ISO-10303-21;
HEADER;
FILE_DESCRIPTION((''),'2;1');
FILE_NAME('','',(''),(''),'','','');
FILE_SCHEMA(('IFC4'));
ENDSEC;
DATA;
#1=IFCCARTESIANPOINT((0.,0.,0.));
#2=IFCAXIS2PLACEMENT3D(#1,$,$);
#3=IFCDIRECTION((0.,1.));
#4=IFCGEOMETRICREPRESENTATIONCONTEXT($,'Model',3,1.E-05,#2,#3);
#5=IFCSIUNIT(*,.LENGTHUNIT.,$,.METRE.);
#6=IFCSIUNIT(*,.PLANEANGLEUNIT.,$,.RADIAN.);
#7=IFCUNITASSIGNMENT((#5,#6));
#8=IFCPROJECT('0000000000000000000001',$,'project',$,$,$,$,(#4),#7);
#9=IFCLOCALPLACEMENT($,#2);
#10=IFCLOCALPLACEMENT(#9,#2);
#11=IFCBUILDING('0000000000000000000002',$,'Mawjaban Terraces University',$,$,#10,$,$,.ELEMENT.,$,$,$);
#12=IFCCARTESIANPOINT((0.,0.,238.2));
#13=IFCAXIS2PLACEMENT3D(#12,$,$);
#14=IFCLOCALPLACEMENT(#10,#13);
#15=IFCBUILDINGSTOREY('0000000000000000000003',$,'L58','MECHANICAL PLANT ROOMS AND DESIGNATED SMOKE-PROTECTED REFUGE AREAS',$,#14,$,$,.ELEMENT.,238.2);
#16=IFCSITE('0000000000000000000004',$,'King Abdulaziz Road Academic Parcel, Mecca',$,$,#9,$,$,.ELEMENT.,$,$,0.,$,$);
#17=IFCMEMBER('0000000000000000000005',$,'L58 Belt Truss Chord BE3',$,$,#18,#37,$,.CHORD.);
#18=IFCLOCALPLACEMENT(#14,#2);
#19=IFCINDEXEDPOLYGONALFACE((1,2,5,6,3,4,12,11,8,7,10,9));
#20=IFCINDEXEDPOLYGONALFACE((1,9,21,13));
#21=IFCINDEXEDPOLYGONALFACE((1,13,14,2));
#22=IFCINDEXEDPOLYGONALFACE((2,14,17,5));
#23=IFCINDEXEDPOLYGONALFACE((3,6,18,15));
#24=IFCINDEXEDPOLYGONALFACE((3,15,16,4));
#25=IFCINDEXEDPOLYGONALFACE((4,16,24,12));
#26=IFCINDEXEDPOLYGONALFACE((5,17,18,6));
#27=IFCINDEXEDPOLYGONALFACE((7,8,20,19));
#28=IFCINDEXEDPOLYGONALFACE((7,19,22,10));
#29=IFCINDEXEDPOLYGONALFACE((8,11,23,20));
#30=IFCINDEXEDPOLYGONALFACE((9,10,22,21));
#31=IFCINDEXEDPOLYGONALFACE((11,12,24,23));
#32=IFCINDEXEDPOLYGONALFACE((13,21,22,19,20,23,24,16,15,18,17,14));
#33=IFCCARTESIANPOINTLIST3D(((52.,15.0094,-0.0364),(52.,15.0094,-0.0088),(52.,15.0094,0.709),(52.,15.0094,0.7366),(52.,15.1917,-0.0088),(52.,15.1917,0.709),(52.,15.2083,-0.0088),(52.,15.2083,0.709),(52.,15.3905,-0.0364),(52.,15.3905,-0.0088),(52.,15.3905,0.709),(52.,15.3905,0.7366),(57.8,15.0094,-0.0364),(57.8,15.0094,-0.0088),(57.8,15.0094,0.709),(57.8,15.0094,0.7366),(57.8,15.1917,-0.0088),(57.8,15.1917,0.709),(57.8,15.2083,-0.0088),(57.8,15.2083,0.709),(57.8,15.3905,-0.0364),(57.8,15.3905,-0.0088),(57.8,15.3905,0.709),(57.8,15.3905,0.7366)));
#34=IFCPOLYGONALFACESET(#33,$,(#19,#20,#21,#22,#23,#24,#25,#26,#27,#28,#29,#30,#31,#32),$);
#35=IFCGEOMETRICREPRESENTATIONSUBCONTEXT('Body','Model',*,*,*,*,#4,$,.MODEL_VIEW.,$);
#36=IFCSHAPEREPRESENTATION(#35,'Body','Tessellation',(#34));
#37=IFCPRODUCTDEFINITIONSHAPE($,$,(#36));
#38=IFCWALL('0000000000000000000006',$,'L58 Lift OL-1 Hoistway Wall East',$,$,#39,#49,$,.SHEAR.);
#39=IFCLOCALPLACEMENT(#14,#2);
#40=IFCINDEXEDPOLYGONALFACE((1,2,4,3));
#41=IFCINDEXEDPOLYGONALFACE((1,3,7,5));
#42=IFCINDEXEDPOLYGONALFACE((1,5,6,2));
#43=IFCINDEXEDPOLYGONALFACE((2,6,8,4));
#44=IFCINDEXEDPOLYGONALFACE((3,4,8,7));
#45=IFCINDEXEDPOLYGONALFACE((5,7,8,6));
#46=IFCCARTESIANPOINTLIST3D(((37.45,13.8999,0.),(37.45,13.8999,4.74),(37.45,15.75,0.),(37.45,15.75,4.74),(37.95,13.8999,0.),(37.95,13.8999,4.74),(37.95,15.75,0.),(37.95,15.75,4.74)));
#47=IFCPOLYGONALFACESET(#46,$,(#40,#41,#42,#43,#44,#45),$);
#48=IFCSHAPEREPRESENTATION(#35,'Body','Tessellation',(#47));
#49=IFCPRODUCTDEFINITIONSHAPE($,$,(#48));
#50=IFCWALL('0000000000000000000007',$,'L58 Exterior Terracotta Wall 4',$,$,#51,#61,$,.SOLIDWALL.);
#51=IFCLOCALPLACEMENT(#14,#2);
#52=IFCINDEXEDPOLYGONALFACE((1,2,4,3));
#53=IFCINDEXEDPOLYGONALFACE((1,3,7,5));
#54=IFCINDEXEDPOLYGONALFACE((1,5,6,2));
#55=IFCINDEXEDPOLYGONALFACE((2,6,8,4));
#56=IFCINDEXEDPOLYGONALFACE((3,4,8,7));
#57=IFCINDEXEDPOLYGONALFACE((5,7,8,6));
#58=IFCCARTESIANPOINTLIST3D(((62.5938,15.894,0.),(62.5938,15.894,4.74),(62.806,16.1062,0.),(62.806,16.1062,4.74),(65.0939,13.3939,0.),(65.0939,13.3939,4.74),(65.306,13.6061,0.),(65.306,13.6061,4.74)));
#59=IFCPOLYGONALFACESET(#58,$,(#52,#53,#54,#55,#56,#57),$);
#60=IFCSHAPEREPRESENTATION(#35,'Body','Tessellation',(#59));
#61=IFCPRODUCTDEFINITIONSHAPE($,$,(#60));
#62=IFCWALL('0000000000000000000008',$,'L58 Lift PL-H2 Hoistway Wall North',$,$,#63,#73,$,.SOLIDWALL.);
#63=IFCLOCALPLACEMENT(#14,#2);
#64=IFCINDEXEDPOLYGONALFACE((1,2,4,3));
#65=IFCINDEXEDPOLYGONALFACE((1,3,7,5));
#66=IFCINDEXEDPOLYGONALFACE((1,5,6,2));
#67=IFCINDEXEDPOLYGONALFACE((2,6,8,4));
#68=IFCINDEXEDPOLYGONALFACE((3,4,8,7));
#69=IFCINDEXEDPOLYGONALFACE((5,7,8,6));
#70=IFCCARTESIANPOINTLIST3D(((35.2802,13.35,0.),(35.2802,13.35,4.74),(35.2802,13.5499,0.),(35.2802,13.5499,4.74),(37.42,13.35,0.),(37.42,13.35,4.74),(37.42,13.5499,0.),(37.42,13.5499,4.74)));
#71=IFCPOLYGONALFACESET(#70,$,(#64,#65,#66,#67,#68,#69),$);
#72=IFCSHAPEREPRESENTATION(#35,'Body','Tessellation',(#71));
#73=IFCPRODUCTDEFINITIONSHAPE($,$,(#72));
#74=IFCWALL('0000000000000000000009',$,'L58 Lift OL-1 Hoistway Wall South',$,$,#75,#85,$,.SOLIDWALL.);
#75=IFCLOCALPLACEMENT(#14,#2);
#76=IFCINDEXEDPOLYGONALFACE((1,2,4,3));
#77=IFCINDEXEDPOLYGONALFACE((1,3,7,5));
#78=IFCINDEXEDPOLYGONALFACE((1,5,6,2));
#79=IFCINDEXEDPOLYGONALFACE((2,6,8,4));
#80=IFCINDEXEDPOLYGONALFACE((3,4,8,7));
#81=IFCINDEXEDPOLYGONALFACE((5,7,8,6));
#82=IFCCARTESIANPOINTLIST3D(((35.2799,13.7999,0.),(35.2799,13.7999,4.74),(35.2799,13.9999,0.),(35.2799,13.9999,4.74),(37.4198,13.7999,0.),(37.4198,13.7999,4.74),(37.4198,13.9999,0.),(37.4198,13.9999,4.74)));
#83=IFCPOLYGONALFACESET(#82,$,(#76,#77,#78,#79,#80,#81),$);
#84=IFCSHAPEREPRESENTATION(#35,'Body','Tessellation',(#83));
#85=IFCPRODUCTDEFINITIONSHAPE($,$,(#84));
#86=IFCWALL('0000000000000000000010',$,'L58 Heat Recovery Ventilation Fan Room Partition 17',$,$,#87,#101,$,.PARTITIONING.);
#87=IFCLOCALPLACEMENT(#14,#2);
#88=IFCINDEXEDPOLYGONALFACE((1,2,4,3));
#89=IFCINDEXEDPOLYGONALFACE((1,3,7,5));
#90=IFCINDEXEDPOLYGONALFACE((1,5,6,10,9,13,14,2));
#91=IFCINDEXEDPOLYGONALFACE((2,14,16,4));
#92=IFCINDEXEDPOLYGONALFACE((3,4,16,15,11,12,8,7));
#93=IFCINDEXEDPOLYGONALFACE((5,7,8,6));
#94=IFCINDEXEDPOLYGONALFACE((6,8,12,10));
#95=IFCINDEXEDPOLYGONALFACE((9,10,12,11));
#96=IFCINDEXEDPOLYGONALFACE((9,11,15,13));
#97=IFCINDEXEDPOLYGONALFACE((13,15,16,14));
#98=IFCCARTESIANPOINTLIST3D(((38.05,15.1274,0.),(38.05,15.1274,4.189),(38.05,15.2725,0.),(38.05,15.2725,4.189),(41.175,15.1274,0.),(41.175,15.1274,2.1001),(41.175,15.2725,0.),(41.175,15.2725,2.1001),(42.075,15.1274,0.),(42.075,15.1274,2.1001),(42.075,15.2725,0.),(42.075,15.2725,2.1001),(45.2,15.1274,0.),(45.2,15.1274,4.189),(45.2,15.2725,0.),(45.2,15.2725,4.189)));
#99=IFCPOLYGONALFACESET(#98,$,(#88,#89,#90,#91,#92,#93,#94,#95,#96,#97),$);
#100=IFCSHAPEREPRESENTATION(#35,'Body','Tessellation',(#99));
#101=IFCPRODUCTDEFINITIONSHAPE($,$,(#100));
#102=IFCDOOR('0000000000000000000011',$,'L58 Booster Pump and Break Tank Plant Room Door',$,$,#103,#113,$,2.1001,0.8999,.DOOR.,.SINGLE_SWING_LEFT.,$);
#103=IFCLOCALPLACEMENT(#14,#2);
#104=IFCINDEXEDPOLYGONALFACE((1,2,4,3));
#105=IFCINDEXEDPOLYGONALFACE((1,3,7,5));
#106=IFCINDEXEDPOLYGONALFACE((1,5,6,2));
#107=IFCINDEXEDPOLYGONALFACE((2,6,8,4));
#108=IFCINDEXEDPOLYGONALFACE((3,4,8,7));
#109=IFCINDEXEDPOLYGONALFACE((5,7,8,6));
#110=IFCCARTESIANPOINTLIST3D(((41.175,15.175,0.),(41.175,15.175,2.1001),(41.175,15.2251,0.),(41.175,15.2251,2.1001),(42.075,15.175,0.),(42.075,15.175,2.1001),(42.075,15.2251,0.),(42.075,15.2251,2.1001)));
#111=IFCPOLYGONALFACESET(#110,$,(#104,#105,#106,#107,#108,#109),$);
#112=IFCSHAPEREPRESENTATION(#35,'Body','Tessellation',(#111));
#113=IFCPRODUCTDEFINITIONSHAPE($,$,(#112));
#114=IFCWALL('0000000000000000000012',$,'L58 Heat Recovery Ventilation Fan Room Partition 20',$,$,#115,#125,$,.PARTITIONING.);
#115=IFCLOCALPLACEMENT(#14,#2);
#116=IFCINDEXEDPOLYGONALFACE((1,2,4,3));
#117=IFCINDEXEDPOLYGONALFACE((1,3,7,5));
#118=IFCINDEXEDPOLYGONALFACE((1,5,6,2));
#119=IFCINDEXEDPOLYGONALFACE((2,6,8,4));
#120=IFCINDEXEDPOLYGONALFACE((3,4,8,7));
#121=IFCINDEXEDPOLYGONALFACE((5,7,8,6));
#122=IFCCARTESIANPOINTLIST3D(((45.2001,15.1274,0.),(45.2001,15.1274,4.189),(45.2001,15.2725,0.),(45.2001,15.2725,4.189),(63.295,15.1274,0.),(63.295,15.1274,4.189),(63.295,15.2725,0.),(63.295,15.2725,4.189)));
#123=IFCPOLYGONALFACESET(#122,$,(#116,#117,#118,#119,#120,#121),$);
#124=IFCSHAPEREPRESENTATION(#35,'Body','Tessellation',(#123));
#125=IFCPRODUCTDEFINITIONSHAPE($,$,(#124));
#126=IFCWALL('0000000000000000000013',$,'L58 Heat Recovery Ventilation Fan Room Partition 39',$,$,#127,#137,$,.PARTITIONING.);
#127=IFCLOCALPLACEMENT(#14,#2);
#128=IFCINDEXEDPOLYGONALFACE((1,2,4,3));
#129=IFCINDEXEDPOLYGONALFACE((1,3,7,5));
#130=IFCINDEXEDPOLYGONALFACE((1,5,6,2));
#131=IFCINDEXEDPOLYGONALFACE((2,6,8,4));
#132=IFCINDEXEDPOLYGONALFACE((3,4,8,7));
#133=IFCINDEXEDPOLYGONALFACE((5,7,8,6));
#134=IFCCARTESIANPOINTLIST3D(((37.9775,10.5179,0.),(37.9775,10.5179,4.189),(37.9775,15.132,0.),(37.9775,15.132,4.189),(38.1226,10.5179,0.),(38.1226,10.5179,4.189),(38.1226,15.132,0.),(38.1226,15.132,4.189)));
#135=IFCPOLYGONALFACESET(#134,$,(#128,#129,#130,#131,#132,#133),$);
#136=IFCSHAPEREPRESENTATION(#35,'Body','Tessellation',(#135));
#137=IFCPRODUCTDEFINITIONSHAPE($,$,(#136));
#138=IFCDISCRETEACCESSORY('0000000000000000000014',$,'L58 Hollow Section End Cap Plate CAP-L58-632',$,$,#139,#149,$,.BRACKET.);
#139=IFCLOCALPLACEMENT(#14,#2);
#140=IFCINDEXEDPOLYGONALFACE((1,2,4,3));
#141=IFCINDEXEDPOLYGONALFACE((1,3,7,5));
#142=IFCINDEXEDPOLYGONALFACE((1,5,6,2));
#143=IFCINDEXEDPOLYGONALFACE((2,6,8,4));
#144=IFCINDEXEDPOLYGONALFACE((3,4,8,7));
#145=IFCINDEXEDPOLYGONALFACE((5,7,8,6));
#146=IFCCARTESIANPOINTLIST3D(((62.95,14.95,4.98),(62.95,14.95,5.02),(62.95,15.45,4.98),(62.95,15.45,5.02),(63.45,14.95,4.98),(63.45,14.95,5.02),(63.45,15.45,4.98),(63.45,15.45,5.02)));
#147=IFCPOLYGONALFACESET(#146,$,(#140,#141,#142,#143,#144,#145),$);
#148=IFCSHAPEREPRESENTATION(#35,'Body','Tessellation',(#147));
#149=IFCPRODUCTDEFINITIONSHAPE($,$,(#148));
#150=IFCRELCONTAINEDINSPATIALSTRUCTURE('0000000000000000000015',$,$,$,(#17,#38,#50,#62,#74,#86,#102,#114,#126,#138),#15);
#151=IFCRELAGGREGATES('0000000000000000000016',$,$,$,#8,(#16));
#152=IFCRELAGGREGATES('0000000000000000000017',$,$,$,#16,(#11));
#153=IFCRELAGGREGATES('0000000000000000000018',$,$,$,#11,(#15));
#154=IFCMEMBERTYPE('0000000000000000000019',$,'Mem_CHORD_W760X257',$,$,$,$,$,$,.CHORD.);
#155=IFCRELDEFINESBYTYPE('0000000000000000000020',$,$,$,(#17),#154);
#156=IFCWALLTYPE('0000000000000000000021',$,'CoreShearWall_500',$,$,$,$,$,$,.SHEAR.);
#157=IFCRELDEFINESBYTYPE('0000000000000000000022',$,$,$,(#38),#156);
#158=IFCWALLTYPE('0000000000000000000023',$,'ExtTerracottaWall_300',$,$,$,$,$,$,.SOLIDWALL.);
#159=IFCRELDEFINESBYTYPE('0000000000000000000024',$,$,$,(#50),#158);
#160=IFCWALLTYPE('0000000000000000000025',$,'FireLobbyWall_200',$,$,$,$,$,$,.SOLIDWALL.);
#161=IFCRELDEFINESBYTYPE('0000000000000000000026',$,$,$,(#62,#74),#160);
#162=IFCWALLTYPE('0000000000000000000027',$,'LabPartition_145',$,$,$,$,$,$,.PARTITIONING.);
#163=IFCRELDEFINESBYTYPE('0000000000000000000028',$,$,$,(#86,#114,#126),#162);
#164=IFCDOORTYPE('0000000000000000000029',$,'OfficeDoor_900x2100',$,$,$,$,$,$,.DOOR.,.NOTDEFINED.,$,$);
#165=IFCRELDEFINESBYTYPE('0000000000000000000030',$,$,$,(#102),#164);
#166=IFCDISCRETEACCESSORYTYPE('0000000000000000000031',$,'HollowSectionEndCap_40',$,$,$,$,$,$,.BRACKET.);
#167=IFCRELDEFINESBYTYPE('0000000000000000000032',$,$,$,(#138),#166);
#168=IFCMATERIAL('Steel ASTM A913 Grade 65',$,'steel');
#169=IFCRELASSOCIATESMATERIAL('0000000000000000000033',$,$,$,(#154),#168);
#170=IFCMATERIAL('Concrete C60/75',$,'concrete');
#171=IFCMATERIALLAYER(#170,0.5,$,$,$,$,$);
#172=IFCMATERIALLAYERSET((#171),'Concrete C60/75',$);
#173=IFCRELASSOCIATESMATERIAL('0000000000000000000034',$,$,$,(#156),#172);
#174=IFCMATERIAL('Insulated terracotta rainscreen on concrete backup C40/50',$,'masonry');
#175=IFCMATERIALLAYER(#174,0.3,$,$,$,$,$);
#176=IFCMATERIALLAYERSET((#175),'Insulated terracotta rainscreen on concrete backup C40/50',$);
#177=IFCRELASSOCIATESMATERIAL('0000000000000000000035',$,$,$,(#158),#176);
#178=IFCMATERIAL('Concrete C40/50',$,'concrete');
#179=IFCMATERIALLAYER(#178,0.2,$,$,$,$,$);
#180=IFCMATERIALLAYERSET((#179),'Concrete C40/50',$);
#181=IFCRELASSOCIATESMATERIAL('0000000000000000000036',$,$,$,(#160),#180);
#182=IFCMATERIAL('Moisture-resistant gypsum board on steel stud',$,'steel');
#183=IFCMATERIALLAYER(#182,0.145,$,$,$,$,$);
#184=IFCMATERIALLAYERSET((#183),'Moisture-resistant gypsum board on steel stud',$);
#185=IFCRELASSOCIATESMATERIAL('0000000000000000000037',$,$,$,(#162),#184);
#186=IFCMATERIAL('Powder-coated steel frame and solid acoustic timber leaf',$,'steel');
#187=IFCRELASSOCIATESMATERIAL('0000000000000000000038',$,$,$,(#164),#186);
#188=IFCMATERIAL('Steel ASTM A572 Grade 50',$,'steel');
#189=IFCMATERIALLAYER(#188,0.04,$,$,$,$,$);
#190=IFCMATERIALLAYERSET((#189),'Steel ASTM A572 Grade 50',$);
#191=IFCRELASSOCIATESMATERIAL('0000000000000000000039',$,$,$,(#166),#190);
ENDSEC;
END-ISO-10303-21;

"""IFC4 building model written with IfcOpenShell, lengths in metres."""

from ifc_helpers import new_model, si_unit, direction, frame, frame_2d, origin, origin_2d, place, context, subcontext, project, spatial, rectangle, i_section, extrude, material, layer, layer_set, material_profile, profile_set, type_object, element, fill, save


model = new_model("IFC4")

# Units and contexts
model_context = context("Model", 3, precision=1e-05, world=origin(), true_north=direction((0.0, 1.0)))
body_context = subcontext(model_context, "Body", "Model", "MODEL_VIEW")
ifc_project = project(units=[si_unit("LENGTHUNIT", "METRE"), si_unit("PLANEANGLEUNIT", "RADIAN")], contexts=[model_context])

# Site, building, storey
site_placement = place(None, origin())
site = spatial("IfcSite", under=ifc_project, at=site_placement, Name="King Abdulaziz Road Academic Parcel, Mecca", CompositionType="ELEMENT", RefElevation=0.0)
building_placement = place(site_placement, origin())
building = spatial("IfcBuilding", under=site, at=building_placement, Name="Mawjaban Terraces University", CompositionType="ELEMENT")
storey_placement = place(building_placement, frame((0.0, 0.0, 238.2)))
storey = spatial("IfcBuildingStorey", under=building, at=storey_placement, Name="L58", Description="MECHANICAL PLANT ROOMS AND DESIGNATED SMOKE-PROTECTED REFUGE AREAS", CompositionType="ELEMENT", Elevation=238.2)

# Shared definitions
ifc_material_1 = material(Name="Concrete C60/75", Category="concrete")

# Shared definitions
ifc_material_2 = material(Name="Steel ASTM A572 Grade 50", Category="steel")

# Member
ifc_material_3 = material(Name="Steel ASTM A913 Grade 65", Category="steel")
ifc_material_profile_1 = material_profile(ifc_material_3, i_section(OverallWidth=0.3811, OverallDepth=0.7729, WebThickness=0.0166, FlangeThickness=0.0276, at=origin_2d()), Name="W760X257")
ifc_profile_set_1 = profile_set([ifc_material_profile_1], Name="Steel ASTM A913 Grade 65")
member_type_1 = type_object("IfcMemberType", Name="Mem_CHORD_W760X257", PredefinedType="CHORD", material=ifc_profile_set_1)
member_1_placement = place(storey_placement, frame((52.0, 15.2, 0.3501), z_axis=(1.0, 0.0, 0.0), x_axis=(0.0, 1.0, 0.0)))
element("IfcMember", 1, at=member_1_placement, inside=storey, type_object=member_type_1, Name="L58 Belt Truss Chord BE3", PredefinedType="CHORD", context=body_context, shape_type="SweptSolid", body=[
    extrude(i_section(OverallWidth=0.3811, OverallDepth=0.7729, WebThickness=0.0166, FlangeThickness=0.0276, at=origin_2d()), origin(), (0.0, 0.0, 1.0), 5.8),
])

# Walls
ifc_layer_1 = layer(ifc_material_1, 0.5)
ifc_layer_set_1 = layer_set([ifc_layer_1], Name="Concrete C60/75")
wall_type_1 = type_object("IfcWallType", Name="CoreShearWall_500", PredefinedType="SHEAR", material=ifc_layer_set_1)
wall_1_placement = place(storey_placement, frame((37.7, 13.8999, 0.0), z_axis=(0.0, 0.0, 1.0), x_axis=(0.0, 1.0, 0.0)))
element("IfcWall", 2, at=wall_1_placement, inside=storey, type_object=wall_type_1, Name="L58 Lift OL-1 Hoistway Wall East", PredefinedType="SHEAR", context=body_context, shape_type="SweptSolid", body=[
    extrude(rectangle(XDim=1.8501, YDim=0.5, at=frame_2d((0.925, 0.0))), origin(), (0.0, 0.0, 1.0), 4.74),
])
ifc_material_4 = material(Name="Insulated terracotta rainscreen on concrete backup C40/50", Category="masonry")
ifc_layer_2 = layer(ifc_material_4, 0.3)
ifc_layer_set_2 = layer_set([ifc_layer_2], Name="Insulated terracotta rainscreen on concrete backup C40/50")
wall_type_2 = type_object("IfcWallType", Name="ExtTerracottaWall_300", PredefinedType="SOLIDWALL", material=ifc_layer_set_2)
wall_2_placement = place(storey_placement, frame((65.2, 13.5, 0.0), z_axis=(0.0, 0.0, 1.0), x_axis=(-0.707107, 0.707107, 0.0)))
element("IfcWall", 3, at=wall_2_placement, inside=storey, type_object=wall_type_2, Name="L58 Exterior Terracotta Wall 4", PredefinedType="SOLIDWALL", context=body_context, shape_type="SweptSolid", body=[
    extrude(rectangle(XDim=3.5356, YDim=0.3, at=frame_2d((1.7678, 0.0))), origin(), (0.0, 0.0, 1.0), 4.74),
])
ifc_material_5 = material(Name="Concrete C40/50", Category="concrete")
ifc_layer_3 = layer(ifc_material_5, 0.2)
ifc_layer_set_3 = layer_set([ifc_layer_3], Name="Concrete C40/50")
wall_type_3 = type_object("IfcWallType", Name="FireLobbyWall_200", PredefinedType="SOLIDWALL", material=ifc_layer_set_3)
for number, where, z_axis, x_axis, name in (
    (4, (37.4199, 13.45, 0.0), (0.0, 0.0, 1.0), (-1.0, 0.0, 0.0), "L58 Lift PL-H2 Hoistway Wall North"),
    (5, (35.28, 13.8999, 0.0), (0.0, 0.0, 1.0), (1.0, 0.0, 0.0), "L58 Lift OL-1 Hoistway Wall South"),
):
    element("IfcWall", number, at=place(storey_placement, frame(where, z_axis=z_axis, x_axis=x_axis)), inside=storey, type_object=wall_type_3, Name=name, PredefinedType="SOLIDWALL", context=body_context, shape_type="SweptSolid", body=[
        extrude(rectangle(XDim=2.1399, YDim=0.2, at=frame_2d((1.0698, 0.0))), origin(), (0.0, 0.0, 1.0), 4.74),
    ])

# Wall, opening, door
ifc_material_6 = material(Name="Moisture-resistant gypsum board on steel stud", Category="steel")
ifc_layer_4 = layer(ifc_material_6, 0.145)
ifc_layer_set_4 = layer_set([ifc_layer_4], Name="Moisture-resistant gypsum board on steel stud")
wall_type_4 = type_object("IfcWallType", Name="LabPartition_145", PredefinedType="PARTITIONING", material=ifc_layer_set_4)
wall_3_placement = place(storey_placement, frame((45.2, 15.2, 0.0), z_axis=(0.0, 0.0, 1.0), x_axis=(-1.0, 0.0, 0.0)))
wall_3 = element("IfcWall", 6, at=wall_3_placement, inside=storey, type_object=wall_type_4, Name="L58 Heat Recovery Ventilation Fan Room Partition 17", PredefinedType="PARTITIONING", context=body_context, shape_type="SweptSolid", body=[
    extrude(rectangle(XDim=7.1499, YDim=0.145, at=frame_2d((3.575, 0.0))), origin(), (0.0, 0.0, 1.0), 4.189),
])
opening_placement = place(wall_3_placement, frame((3.125, 0.0, 0.0)))
opening = element("IfcOpeningElement", 7, at=opening_placement, cuts=wall_3, PredefinedType="OPENING", context=body_context, shape_type="SweptSolid", body=[
    extrude(rectangle(XDim=0.8999, YDim=2.1001, at=frame_2d((0.45, 1.05))), frame((0.0, 0.0825, 0.0), z_axis=(0.0, -1.0, 0.0), x_axis=(1.0, 0.0, 0.0)), (0.0, 0.0, 1.0), 0.165),
])
ifc_material_7 = material(Name="Powder-coated steel frame and solid acoustic timber leaf", Category="steel")
door_type = type_object("IfcDoorType", Name="OfficeDoor_900x2100", OperationType="NOTDEFINED", PredefinedType="DOOR", material=ifc_material_7)
door_placement = place(opening_placement, origin())
door = element("IfcDoor", 8, at=door_placement, inside=storey, type_object=door_type, Name="L58 Booster Pump and Break Tank Plant Room Door", OperationType="SINGLE_SWING_LEFT", OverallHeight=2.1001, OverallWidth=0.8999, PredefinedType="DOOR", context=body_context, shape_type="SweptSolid", body=[
    extrude(rectangle(XDim=0.8999, YDim=2.1001, at=frame_2d((0.45, 1.05))), frame((0.0, 0.0249, 0.0), z_axis=(0.0, -1.0, 0.0), x_axis=(1.0, 0.0, 0.0)), (0.0, 0.0, 1.0), 0.05),
])
fill(opening, door)

# Walls
wall_4_placement = place(storey_placement, frame((63.2949, 15.2, 0.0), z_axis=(0.0, 0.0, 1.0), x_axis=(-1.0, 0.0, 0.0)))
element("IfcWall", 9, at=wall_4_placement, inside=storey, type_object=wall_type_4, Name="L58 Heat Recovery Ventilation Fan Room Partition 20", PredefinedType="PARTITIONING", context=body_context, shape_type="SweptSolid", body=[
    extrude(rectangle(XDim=18.095, YDim=0.145, at=frame_2d((9.0474, 0.0))), origin(), (0.0, 0.0, 1.0), 4.189),
])
wall_5_placement = place(storey_placement, frame((38.05, 15.1321, 0.0), z_axis=(0.0, 0.0, 1.0), x_axis=(0.0, -1.0, 0.0)))
element("IfcWall", 10, at=wall_5_placement, inside=storey, type_object=wall_type_4, Name="L58 Heat Recovery Ventilation Fan Room Partition 39", PredefinedType="PARTITIONING", context=body_context, shape_type="SweptSolid", body=[
    extrude(rectangle(XDim=4.614, YDim=0.145, at=frame_2d((2.3071, 0.0))), origin(), (0.0, 0.0, 1.0), 4.189),
])

# Discrete accessory
ifc_layer_5 = layer(ifc_material_2, 0.04)
ifc_layer_set_5 = layer_set([ifc_layer_5], Name="Steel ASTM A572 Grade 50")
discrete_accessory_type = type_object("IfcDiscreteAccessoryType", Name="HollowSectionEndCap_40", PredefinedType="BRACKET", material=ifc_layer_set_5)
discrete_accessory_placement = place(storey_placement, frame((63.2, 15.2, 4.98), z_axis=(0.0, 0.0, 1.0), x_axis=(1.0, 0.0, 0.0)))
element("IfcDiscreteAccessory", 11, at=discrete_accessory_placement, inside=storey, type_object=discrete_accessory_type, Name="L58 Hollow Section End Cap Plate CAP-L58-632", PredefinedType="BRACKET", context=body_context, shape_type="SweptSolid", body=[
    extrude(rectangle(XDim=0.5, YDim=0.5, at=origin_2d()), origin(), (0.0, 0.0, 1.0), 0.04),
])

save(model, "model.ifc")
